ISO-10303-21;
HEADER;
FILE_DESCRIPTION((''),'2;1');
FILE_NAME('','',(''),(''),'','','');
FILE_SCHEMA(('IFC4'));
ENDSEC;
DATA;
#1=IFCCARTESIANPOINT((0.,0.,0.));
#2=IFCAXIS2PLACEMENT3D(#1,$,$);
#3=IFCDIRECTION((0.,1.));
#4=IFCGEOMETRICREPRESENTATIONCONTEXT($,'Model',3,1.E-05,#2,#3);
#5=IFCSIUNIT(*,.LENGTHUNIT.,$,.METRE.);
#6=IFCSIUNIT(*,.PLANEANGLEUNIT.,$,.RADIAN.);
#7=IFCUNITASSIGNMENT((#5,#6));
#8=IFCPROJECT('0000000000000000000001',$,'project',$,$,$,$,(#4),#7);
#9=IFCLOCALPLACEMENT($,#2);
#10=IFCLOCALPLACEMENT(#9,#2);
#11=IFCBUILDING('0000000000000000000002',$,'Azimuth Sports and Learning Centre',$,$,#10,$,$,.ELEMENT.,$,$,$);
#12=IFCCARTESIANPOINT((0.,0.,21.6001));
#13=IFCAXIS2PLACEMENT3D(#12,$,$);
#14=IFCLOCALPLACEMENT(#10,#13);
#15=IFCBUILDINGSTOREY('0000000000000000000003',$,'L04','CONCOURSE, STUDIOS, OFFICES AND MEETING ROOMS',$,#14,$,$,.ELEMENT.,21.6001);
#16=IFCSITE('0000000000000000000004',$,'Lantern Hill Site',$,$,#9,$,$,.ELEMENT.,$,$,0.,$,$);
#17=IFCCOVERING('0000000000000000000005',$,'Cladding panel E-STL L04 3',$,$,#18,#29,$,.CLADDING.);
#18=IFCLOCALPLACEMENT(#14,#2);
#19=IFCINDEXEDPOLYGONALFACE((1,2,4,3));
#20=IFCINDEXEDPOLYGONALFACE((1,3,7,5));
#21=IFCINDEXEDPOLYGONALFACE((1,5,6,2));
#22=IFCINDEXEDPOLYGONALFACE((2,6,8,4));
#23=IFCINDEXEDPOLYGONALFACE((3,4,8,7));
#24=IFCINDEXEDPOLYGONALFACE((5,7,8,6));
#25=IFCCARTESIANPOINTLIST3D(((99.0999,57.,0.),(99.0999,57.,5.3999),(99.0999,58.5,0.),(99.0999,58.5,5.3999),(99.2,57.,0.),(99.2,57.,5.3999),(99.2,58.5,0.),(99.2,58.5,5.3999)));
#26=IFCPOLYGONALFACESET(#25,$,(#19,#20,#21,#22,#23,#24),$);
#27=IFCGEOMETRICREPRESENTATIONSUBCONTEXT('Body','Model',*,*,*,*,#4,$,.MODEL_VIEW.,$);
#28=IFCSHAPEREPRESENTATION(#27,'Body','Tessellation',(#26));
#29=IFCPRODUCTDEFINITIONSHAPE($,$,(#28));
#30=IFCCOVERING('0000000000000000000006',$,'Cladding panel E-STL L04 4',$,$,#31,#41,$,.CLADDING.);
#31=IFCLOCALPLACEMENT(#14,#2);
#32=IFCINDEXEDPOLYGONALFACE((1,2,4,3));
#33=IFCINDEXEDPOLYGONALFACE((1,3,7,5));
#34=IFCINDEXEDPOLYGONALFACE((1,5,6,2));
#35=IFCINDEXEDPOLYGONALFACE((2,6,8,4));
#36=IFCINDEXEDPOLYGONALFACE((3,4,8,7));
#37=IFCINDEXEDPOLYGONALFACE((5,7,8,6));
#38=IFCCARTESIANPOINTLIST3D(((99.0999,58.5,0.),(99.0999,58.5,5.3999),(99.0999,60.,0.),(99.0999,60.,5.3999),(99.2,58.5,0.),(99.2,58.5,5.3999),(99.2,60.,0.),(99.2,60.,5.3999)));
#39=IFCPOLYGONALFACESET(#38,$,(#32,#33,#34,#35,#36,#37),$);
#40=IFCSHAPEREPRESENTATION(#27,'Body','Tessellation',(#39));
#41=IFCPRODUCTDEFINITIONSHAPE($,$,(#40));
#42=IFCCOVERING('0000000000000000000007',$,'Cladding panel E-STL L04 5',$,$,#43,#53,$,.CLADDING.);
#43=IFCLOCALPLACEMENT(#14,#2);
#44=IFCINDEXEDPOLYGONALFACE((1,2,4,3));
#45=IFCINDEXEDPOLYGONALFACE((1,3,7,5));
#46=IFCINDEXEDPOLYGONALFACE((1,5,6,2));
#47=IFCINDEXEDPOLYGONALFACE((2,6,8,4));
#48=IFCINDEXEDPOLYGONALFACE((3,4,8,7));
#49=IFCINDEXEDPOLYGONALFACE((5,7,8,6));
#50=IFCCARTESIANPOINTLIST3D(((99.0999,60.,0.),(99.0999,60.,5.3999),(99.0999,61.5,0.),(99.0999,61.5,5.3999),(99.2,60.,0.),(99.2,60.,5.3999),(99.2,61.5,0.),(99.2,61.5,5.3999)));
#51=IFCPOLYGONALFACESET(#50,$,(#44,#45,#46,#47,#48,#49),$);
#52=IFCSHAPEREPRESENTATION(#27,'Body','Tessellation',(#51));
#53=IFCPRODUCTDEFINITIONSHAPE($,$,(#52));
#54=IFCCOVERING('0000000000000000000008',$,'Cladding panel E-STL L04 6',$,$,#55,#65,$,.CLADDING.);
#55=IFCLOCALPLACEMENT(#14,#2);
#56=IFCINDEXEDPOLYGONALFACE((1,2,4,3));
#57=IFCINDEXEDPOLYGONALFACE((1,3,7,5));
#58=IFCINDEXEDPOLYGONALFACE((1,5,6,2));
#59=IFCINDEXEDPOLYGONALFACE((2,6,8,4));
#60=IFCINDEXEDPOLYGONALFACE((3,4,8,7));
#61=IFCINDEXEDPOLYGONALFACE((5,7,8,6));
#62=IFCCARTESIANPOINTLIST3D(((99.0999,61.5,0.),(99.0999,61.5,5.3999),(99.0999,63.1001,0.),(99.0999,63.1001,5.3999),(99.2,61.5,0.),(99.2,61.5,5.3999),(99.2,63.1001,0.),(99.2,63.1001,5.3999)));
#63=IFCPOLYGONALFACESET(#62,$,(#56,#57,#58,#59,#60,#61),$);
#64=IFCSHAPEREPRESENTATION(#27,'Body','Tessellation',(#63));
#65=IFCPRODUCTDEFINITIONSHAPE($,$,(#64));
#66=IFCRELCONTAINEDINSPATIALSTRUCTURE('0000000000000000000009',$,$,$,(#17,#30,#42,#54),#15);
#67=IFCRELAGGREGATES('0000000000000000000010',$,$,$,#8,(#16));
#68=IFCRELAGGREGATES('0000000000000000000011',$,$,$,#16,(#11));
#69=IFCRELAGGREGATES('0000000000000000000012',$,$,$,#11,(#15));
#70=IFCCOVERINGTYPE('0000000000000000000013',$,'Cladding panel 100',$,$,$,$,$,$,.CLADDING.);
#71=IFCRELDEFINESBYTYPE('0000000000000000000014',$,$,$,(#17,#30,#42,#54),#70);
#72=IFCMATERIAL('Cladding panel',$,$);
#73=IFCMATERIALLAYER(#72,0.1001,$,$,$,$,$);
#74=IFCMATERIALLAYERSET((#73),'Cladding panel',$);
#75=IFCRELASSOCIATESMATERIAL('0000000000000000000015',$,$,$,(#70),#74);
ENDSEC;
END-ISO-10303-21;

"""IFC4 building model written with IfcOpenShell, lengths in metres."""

from ifc_helpers import new_model, si_unit, direction, frame, origin, origin_2d, place, context, subcontext, project, spatial, rectangle, extrude, material, layer, layer_set, type_object, element, save


model = new_model("IFC4")

# Units and contexts
model_context = context("Model", 3, precision=1e-05, world=origin(), true_north=direction((0.0, 1.0)))
body_context = subcontext(model_context, "Body", "Model", "MODEL_VIEW")
ifc_project = project(units=[si_unit("LENGTHUNIT", "METRE"), si_unit("PLANEANGLEUNIT", "RADIAN")], contexts=[model_context])

# Site, building, storey
site_placement = place(None, origin())
site = spatial("IfcSite", under=ifc_project, at=site_placement, Name="Lantern Hill Site", CompositionType="ELEMENT", RefElevation=0.0)
building_placement = place(site_placement, origin())
building = spatial("IfcBuilding", under=site, at=building_placement, Name="Azimuth Sports and Learning Centre", CompositionType="ELEMENT")
storey_placement = place(building_placement, frame((0.0, 0.0, 21.6001)))
storey = spatial("IfcBuildingStorey", under=building, at=storey_placement, Name="L04", Description="CONCOURSE, STUDIOS, OFFICES AND MEETING ROOMS", CompositionType="ELEMENT", Elevation=21.6001)

# Coverings
ifc_material_1 = material(Name="Cladding panel")
ifc_layer_1 = layer(ifc_material_1, 0.1001)
ifc_layer_set_1 = layer_set([ifc_layer_1], Name="Cladding panel")
covering_type = type_object("IfcCoveringType", Name="Cladding panel 100", PredefinedType="CLADDING", material=ifc_layer_set_1)
for number, where, z_axis, x_axis, name in (
    (1, (99.1499, 57.75, 0.0), (0.0, 0.0, 1.0), (0.0, 1.0, 0.0), "Cladding panel E-STL L04 3"),
    (2, (99.1499, 59.25, 0.0), (0.0, 0.0, 1.0), (0.0, 1.0, 0.0), "Cladding panel E-STL L04 4"),
    (3, (99.1499, 60.75, 0.0), (0.0, 0.0, 1.0), (0.0, 1.0, 0.0), "Cladding panel E-STL L04 5"),
):
    element("IfcCovering", number, at=place(storey_placement, frame(where, z_axis=z_axis, x_axis=x_axis)), inside=storey, type_object=covering_type, Name=name, PredefinedType="CLADDING", context=body_context, shape_type="SweptSolid", body=[
        extrude(rectangle(XDim=1.5, YDim=0.1001, at=origin_2d()), origin(), (0.0, 0.0, 1.0), 5.3999),
    ])
covering_1_placement = place(storey_placement, frame((99.1499, 62.3, 0.0), z_axis=(0.0, 0.0, 1.0), x_axis=(0.0, 1.0, 0.0)))
element("IfcCovering", 4, at=covering_1_placement, inside=storey, type_object=covering_type, Name="Cladding panel E-STL L04 6", PredefinedType="CLADDING", context=body_context, shape_type="SweptSolid", body=[
    extrude(rectangle(XDim=1.6001, YDim=0.1001, at=origin_2d()), origin(), (0.0, 0.0, 1.0), 5.3999),
])

save(model, "model.ifc")
